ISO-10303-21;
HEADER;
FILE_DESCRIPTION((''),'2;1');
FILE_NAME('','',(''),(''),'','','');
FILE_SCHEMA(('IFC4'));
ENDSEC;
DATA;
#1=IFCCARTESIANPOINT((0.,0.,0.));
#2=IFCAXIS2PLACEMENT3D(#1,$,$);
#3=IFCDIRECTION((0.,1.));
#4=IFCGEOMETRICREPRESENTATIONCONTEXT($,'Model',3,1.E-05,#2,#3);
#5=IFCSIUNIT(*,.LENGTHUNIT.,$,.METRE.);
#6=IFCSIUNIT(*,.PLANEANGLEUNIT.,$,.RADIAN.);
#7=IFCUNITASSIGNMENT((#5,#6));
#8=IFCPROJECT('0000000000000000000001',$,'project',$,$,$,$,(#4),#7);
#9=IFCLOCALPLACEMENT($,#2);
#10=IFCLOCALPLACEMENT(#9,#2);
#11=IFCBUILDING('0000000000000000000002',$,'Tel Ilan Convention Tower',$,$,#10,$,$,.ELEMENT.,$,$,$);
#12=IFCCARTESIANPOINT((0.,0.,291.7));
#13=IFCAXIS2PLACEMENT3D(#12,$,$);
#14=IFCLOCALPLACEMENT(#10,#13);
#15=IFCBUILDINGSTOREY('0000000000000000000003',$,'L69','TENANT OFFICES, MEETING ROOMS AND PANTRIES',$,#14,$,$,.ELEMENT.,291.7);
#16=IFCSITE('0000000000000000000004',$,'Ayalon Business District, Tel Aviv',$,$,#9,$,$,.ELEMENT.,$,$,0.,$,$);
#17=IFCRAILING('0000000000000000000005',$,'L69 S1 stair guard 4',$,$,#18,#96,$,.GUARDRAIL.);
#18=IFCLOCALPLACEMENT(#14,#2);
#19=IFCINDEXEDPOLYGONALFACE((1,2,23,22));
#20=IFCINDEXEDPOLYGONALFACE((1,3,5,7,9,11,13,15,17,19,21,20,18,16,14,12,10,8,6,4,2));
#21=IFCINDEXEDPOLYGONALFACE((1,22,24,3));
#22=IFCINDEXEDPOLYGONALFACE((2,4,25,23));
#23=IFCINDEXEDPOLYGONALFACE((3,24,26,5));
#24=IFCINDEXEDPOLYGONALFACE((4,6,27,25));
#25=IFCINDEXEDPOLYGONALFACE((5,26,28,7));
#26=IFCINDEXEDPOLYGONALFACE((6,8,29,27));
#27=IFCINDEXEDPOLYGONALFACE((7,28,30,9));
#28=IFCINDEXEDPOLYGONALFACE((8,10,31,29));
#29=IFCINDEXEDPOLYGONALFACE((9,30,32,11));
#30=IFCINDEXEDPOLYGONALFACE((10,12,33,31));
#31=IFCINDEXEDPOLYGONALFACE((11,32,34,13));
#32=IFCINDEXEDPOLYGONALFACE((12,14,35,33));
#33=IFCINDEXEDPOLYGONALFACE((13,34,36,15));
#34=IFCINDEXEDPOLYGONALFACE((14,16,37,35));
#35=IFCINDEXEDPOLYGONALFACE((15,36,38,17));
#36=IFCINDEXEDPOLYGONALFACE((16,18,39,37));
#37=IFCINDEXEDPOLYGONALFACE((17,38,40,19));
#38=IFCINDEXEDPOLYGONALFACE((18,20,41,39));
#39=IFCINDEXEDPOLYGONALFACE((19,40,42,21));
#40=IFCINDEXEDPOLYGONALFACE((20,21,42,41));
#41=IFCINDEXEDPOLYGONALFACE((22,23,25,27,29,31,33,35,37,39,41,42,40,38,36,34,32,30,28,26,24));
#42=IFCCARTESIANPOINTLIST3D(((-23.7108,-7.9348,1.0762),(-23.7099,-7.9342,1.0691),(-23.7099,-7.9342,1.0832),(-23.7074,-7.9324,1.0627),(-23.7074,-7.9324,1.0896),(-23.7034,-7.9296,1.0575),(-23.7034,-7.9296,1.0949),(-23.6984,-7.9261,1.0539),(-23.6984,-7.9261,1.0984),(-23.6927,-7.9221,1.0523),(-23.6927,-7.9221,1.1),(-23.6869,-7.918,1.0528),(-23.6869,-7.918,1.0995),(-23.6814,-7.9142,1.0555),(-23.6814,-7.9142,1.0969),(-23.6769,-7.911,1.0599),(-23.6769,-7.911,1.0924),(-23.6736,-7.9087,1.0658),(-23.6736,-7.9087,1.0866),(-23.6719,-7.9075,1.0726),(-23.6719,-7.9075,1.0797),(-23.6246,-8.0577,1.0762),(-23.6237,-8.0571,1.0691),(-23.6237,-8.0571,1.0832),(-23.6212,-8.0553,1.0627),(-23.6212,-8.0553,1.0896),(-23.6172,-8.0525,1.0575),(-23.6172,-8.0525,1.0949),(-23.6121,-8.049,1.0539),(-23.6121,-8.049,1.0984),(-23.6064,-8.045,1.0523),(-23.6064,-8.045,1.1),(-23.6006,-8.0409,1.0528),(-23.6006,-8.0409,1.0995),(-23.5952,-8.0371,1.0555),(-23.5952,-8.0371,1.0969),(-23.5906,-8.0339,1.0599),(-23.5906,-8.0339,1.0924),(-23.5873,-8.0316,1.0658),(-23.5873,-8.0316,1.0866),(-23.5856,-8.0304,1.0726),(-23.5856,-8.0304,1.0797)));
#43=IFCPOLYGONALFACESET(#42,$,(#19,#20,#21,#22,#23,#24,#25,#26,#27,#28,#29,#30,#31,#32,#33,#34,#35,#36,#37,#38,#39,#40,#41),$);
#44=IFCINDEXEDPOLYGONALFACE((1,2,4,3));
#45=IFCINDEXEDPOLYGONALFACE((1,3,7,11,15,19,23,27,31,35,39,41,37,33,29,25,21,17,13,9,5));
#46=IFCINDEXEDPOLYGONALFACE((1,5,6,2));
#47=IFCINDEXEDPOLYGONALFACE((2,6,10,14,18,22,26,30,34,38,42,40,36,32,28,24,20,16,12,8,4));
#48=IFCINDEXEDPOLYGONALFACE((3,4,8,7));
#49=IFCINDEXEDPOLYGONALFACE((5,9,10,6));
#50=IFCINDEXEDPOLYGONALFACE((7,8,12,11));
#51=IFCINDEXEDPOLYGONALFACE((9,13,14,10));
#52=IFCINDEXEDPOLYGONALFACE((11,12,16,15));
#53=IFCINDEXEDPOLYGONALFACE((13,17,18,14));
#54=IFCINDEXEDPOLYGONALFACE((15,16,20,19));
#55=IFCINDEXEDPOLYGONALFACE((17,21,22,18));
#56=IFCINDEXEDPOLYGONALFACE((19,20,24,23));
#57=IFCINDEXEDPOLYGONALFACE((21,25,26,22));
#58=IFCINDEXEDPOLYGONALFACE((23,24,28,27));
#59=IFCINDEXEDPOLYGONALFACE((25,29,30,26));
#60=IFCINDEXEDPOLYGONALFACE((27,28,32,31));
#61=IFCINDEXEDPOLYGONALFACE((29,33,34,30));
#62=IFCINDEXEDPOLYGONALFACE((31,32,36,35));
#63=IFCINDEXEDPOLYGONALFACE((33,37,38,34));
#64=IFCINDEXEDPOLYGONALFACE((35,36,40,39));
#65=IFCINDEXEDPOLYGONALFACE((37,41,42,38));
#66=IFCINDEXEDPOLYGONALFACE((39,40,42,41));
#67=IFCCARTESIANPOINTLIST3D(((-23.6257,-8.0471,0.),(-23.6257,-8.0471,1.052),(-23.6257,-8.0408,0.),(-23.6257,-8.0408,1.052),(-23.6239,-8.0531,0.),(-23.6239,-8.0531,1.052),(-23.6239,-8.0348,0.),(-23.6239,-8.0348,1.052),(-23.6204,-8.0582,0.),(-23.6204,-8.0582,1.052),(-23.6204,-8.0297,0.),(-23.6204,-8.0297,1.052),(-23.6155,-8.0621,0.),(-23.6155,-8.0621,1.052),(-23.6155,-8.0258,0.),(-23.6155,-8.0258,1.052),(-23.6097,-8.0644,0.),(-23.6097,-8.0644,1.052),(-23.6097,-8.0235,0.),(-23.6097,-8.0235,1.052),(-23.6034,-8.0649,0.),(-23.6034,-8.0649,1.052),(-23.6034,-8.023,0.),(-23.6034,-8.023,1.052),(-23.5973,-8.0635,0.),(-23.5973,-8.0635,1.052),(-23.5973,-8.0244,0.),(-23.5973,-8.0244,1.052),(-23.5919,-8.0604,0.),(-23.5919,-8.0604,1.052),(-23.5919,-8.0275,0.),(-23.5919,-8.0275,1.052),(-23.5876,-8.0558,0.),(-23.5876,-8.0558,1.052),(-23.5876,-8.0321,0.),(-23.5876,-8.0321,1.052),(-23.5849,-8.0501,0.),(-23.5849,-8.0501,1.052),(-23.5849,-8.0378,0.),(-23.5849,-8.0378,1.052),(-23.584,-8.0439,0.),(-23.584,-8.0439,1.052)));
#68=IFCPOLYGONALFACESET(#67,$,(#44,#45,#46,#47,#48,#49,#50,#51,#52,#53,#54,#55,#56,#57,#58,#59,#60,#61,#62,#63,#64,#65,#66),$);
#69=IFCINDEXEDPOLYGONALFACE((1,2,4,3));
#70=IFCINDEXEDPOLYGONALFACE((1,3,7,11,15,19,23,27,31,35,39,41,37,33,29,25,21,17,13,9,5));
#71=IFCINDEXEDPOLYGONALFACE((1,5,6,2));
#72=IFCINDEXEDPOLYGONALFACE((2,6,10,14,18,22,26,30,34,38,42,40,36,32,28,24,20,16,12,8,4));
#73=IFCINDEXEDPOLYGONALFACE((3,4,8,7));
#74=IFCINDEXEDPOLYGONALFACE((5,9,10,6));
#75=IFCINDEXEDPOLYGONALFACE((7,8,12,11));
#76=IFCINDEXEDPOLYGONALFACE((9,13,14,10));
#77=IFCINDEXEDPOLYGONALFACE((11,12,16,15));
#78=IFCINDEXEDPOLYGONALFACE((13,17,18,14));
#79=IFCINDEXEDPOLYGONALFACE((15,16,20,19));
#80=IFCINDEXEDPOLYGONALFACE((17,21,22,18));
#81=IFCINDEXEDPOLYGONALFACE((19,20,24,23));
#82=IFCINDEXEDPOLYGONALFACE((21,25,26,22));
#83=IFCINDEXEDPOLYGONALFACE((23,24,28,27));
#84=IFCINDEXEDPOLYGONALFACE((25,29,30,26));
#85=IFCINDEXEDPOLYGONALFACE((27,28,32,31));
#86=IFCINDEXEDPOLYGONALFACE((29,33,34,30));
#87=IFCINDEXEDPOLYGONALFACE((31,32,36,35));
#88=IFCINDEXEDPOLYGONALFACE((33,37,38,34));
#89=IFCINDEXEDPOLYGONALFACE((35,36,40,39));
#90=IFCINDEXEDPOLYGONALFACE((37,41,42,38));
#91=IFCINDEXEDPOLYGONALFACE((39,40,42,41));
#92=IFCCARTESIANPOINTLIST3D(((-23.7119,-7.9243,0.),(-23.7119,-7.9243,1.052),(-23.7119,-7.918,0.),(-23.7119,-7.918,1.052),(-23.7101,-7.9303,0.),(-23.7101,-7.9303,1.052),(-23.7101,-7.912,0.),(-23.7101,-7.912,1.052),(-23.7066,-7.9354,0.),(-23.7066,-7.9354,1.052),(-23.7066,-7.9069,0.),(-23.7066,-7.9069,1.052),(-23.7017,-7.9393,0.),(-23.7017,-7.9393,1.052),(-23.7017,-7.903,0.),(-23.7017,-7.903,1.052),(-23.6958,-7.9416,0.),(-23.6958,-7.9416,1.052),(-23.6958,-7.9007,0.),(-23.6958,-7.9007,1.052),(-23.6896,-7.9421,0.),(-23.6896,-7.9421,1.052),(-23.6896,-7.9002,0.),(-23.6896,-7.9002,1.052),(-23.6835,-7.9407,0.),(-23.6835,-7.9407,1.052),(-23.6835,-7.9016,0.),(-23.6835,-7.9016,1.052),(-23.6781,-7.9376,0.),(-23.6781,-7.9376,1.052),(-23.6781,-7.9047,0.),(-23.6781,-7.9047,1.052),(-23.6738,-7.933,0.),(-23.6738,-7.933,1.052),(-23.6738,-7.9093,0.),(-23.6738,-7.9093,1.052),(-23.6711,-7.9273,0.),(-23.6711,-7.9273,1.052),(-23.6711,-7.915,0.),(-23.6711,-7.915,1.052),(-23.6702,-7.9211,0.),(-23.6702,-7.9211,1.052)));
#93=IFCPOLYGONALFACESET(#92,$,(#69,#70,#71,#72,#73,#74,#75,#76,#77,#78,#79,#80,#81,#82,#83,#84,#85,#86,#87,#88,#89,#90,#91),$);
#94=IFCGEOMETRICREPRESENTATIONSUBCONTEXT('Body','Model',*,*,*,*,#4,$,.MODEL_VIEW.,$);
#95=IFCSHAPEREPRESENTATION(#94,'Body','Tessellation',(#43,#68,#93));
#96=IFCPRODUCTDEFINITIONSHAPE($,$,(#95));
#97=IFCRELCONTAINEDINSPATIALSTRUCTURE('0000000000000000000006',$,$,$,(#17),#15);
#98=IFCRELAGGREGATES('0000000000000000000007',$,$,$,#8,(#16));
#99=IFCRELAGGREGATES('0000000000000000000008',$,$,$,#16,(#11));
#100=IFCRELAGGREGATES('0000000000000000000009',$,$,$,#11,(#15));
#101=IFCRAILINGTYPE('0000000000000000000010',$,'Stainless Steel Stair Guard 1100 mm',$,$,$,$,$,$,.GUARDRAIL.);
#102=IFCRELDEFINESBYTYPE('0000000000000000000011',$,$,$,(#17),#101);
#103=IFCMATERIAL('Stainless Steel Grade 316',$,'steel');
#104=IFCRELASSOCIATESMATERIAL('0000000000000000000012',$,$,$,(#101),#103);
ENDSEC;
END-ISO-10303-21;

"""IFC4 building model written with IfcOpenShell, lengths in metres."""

from ifc_helpers import new_model, si_unit, direction, frame, origin, origin_2d, place, context, subcontext, project, spatial, circle, extrude, material, type_object, element, save


model = new_model("IFC4")

# Units and contexts
model_context = context("Model", 3, precision=1e-05, world=origin(), true_north=direction((0.0, 1.0)))
body_context = subcontext(model_context, "Body", "Model", "MODEL_VIEW")
ifc_project = project(units=[si_unit("LENGTHUNIT", "METRE"), si_unit("PLANEANGLEUNIT", "RADIAN")], contexts=[model_context])

# Site, building, storey
site_placement = place(None, origin())
site = spatial("IfcSite", under=ifc_project, at=site_placement, Name="Ayalon Business District, Tel Aviv", CompositionType="ELEMENT", RefElevation=0.0)
building_placement = place(site_placement, origin())
building = spatial("IfcBuilding", under=site, at=building_placement, Name="Tel Ilan Convention Tower", CompositionType="ELEMENT")
storey_placement = place(building_placement, frame((0.0, 0.0, 291.7)))
storey = spatial("IfcBuildingStorey", under=building, at=storey_placement, Name="L69", Description="TENANT OFFICES, MEETING ROOMS AND PANTRIES", CompositionType="ELEMENT", Elevation=291.7)

# Railing
ifc_material_1 = material(Name="Stainless Steel Grade 316", Category="steel")
railing_type_1 = type_object("IfcRailingType", Name="Stainless Steel Stair Guard 1100 mm", PredefinedType="GUARDRAIL", material=ifc_material_1)
railing_1_placement = place(storey_placement, frame((-23.605, -8.0439, 0.0)))
element("IfcRailing", 1, at=railing_1_placement, inside=storey, type_object=railing_type_1, Name="L69 S1 stair guard 4", PredefinedType="GUARDRAIL", context=body_context, shape_type="SweptSolid", body=[
    extrude(circle(Radius=0.0239, at=origin_2d()), frame((0.0, 0.0, 1.0762), z_axis=(-0.574445, 0.818543, 0.0), x_axis=(-0.818543, -0.574445, 0.0)), (0.0, 0.0, 1.0), 0.1501),
    extrude(circle(Radius=0.021, at=origin_2d()), origin(), (0.0, 0.0, 1.0), 1.052),
    extrude(circle(Radius=0.021, at=origin_2d()), frame((-0.0862, 0.1228, 0.0)), (0.0, 0.0, 1.0), 1.052),
])

save(model, "model.ifc")
